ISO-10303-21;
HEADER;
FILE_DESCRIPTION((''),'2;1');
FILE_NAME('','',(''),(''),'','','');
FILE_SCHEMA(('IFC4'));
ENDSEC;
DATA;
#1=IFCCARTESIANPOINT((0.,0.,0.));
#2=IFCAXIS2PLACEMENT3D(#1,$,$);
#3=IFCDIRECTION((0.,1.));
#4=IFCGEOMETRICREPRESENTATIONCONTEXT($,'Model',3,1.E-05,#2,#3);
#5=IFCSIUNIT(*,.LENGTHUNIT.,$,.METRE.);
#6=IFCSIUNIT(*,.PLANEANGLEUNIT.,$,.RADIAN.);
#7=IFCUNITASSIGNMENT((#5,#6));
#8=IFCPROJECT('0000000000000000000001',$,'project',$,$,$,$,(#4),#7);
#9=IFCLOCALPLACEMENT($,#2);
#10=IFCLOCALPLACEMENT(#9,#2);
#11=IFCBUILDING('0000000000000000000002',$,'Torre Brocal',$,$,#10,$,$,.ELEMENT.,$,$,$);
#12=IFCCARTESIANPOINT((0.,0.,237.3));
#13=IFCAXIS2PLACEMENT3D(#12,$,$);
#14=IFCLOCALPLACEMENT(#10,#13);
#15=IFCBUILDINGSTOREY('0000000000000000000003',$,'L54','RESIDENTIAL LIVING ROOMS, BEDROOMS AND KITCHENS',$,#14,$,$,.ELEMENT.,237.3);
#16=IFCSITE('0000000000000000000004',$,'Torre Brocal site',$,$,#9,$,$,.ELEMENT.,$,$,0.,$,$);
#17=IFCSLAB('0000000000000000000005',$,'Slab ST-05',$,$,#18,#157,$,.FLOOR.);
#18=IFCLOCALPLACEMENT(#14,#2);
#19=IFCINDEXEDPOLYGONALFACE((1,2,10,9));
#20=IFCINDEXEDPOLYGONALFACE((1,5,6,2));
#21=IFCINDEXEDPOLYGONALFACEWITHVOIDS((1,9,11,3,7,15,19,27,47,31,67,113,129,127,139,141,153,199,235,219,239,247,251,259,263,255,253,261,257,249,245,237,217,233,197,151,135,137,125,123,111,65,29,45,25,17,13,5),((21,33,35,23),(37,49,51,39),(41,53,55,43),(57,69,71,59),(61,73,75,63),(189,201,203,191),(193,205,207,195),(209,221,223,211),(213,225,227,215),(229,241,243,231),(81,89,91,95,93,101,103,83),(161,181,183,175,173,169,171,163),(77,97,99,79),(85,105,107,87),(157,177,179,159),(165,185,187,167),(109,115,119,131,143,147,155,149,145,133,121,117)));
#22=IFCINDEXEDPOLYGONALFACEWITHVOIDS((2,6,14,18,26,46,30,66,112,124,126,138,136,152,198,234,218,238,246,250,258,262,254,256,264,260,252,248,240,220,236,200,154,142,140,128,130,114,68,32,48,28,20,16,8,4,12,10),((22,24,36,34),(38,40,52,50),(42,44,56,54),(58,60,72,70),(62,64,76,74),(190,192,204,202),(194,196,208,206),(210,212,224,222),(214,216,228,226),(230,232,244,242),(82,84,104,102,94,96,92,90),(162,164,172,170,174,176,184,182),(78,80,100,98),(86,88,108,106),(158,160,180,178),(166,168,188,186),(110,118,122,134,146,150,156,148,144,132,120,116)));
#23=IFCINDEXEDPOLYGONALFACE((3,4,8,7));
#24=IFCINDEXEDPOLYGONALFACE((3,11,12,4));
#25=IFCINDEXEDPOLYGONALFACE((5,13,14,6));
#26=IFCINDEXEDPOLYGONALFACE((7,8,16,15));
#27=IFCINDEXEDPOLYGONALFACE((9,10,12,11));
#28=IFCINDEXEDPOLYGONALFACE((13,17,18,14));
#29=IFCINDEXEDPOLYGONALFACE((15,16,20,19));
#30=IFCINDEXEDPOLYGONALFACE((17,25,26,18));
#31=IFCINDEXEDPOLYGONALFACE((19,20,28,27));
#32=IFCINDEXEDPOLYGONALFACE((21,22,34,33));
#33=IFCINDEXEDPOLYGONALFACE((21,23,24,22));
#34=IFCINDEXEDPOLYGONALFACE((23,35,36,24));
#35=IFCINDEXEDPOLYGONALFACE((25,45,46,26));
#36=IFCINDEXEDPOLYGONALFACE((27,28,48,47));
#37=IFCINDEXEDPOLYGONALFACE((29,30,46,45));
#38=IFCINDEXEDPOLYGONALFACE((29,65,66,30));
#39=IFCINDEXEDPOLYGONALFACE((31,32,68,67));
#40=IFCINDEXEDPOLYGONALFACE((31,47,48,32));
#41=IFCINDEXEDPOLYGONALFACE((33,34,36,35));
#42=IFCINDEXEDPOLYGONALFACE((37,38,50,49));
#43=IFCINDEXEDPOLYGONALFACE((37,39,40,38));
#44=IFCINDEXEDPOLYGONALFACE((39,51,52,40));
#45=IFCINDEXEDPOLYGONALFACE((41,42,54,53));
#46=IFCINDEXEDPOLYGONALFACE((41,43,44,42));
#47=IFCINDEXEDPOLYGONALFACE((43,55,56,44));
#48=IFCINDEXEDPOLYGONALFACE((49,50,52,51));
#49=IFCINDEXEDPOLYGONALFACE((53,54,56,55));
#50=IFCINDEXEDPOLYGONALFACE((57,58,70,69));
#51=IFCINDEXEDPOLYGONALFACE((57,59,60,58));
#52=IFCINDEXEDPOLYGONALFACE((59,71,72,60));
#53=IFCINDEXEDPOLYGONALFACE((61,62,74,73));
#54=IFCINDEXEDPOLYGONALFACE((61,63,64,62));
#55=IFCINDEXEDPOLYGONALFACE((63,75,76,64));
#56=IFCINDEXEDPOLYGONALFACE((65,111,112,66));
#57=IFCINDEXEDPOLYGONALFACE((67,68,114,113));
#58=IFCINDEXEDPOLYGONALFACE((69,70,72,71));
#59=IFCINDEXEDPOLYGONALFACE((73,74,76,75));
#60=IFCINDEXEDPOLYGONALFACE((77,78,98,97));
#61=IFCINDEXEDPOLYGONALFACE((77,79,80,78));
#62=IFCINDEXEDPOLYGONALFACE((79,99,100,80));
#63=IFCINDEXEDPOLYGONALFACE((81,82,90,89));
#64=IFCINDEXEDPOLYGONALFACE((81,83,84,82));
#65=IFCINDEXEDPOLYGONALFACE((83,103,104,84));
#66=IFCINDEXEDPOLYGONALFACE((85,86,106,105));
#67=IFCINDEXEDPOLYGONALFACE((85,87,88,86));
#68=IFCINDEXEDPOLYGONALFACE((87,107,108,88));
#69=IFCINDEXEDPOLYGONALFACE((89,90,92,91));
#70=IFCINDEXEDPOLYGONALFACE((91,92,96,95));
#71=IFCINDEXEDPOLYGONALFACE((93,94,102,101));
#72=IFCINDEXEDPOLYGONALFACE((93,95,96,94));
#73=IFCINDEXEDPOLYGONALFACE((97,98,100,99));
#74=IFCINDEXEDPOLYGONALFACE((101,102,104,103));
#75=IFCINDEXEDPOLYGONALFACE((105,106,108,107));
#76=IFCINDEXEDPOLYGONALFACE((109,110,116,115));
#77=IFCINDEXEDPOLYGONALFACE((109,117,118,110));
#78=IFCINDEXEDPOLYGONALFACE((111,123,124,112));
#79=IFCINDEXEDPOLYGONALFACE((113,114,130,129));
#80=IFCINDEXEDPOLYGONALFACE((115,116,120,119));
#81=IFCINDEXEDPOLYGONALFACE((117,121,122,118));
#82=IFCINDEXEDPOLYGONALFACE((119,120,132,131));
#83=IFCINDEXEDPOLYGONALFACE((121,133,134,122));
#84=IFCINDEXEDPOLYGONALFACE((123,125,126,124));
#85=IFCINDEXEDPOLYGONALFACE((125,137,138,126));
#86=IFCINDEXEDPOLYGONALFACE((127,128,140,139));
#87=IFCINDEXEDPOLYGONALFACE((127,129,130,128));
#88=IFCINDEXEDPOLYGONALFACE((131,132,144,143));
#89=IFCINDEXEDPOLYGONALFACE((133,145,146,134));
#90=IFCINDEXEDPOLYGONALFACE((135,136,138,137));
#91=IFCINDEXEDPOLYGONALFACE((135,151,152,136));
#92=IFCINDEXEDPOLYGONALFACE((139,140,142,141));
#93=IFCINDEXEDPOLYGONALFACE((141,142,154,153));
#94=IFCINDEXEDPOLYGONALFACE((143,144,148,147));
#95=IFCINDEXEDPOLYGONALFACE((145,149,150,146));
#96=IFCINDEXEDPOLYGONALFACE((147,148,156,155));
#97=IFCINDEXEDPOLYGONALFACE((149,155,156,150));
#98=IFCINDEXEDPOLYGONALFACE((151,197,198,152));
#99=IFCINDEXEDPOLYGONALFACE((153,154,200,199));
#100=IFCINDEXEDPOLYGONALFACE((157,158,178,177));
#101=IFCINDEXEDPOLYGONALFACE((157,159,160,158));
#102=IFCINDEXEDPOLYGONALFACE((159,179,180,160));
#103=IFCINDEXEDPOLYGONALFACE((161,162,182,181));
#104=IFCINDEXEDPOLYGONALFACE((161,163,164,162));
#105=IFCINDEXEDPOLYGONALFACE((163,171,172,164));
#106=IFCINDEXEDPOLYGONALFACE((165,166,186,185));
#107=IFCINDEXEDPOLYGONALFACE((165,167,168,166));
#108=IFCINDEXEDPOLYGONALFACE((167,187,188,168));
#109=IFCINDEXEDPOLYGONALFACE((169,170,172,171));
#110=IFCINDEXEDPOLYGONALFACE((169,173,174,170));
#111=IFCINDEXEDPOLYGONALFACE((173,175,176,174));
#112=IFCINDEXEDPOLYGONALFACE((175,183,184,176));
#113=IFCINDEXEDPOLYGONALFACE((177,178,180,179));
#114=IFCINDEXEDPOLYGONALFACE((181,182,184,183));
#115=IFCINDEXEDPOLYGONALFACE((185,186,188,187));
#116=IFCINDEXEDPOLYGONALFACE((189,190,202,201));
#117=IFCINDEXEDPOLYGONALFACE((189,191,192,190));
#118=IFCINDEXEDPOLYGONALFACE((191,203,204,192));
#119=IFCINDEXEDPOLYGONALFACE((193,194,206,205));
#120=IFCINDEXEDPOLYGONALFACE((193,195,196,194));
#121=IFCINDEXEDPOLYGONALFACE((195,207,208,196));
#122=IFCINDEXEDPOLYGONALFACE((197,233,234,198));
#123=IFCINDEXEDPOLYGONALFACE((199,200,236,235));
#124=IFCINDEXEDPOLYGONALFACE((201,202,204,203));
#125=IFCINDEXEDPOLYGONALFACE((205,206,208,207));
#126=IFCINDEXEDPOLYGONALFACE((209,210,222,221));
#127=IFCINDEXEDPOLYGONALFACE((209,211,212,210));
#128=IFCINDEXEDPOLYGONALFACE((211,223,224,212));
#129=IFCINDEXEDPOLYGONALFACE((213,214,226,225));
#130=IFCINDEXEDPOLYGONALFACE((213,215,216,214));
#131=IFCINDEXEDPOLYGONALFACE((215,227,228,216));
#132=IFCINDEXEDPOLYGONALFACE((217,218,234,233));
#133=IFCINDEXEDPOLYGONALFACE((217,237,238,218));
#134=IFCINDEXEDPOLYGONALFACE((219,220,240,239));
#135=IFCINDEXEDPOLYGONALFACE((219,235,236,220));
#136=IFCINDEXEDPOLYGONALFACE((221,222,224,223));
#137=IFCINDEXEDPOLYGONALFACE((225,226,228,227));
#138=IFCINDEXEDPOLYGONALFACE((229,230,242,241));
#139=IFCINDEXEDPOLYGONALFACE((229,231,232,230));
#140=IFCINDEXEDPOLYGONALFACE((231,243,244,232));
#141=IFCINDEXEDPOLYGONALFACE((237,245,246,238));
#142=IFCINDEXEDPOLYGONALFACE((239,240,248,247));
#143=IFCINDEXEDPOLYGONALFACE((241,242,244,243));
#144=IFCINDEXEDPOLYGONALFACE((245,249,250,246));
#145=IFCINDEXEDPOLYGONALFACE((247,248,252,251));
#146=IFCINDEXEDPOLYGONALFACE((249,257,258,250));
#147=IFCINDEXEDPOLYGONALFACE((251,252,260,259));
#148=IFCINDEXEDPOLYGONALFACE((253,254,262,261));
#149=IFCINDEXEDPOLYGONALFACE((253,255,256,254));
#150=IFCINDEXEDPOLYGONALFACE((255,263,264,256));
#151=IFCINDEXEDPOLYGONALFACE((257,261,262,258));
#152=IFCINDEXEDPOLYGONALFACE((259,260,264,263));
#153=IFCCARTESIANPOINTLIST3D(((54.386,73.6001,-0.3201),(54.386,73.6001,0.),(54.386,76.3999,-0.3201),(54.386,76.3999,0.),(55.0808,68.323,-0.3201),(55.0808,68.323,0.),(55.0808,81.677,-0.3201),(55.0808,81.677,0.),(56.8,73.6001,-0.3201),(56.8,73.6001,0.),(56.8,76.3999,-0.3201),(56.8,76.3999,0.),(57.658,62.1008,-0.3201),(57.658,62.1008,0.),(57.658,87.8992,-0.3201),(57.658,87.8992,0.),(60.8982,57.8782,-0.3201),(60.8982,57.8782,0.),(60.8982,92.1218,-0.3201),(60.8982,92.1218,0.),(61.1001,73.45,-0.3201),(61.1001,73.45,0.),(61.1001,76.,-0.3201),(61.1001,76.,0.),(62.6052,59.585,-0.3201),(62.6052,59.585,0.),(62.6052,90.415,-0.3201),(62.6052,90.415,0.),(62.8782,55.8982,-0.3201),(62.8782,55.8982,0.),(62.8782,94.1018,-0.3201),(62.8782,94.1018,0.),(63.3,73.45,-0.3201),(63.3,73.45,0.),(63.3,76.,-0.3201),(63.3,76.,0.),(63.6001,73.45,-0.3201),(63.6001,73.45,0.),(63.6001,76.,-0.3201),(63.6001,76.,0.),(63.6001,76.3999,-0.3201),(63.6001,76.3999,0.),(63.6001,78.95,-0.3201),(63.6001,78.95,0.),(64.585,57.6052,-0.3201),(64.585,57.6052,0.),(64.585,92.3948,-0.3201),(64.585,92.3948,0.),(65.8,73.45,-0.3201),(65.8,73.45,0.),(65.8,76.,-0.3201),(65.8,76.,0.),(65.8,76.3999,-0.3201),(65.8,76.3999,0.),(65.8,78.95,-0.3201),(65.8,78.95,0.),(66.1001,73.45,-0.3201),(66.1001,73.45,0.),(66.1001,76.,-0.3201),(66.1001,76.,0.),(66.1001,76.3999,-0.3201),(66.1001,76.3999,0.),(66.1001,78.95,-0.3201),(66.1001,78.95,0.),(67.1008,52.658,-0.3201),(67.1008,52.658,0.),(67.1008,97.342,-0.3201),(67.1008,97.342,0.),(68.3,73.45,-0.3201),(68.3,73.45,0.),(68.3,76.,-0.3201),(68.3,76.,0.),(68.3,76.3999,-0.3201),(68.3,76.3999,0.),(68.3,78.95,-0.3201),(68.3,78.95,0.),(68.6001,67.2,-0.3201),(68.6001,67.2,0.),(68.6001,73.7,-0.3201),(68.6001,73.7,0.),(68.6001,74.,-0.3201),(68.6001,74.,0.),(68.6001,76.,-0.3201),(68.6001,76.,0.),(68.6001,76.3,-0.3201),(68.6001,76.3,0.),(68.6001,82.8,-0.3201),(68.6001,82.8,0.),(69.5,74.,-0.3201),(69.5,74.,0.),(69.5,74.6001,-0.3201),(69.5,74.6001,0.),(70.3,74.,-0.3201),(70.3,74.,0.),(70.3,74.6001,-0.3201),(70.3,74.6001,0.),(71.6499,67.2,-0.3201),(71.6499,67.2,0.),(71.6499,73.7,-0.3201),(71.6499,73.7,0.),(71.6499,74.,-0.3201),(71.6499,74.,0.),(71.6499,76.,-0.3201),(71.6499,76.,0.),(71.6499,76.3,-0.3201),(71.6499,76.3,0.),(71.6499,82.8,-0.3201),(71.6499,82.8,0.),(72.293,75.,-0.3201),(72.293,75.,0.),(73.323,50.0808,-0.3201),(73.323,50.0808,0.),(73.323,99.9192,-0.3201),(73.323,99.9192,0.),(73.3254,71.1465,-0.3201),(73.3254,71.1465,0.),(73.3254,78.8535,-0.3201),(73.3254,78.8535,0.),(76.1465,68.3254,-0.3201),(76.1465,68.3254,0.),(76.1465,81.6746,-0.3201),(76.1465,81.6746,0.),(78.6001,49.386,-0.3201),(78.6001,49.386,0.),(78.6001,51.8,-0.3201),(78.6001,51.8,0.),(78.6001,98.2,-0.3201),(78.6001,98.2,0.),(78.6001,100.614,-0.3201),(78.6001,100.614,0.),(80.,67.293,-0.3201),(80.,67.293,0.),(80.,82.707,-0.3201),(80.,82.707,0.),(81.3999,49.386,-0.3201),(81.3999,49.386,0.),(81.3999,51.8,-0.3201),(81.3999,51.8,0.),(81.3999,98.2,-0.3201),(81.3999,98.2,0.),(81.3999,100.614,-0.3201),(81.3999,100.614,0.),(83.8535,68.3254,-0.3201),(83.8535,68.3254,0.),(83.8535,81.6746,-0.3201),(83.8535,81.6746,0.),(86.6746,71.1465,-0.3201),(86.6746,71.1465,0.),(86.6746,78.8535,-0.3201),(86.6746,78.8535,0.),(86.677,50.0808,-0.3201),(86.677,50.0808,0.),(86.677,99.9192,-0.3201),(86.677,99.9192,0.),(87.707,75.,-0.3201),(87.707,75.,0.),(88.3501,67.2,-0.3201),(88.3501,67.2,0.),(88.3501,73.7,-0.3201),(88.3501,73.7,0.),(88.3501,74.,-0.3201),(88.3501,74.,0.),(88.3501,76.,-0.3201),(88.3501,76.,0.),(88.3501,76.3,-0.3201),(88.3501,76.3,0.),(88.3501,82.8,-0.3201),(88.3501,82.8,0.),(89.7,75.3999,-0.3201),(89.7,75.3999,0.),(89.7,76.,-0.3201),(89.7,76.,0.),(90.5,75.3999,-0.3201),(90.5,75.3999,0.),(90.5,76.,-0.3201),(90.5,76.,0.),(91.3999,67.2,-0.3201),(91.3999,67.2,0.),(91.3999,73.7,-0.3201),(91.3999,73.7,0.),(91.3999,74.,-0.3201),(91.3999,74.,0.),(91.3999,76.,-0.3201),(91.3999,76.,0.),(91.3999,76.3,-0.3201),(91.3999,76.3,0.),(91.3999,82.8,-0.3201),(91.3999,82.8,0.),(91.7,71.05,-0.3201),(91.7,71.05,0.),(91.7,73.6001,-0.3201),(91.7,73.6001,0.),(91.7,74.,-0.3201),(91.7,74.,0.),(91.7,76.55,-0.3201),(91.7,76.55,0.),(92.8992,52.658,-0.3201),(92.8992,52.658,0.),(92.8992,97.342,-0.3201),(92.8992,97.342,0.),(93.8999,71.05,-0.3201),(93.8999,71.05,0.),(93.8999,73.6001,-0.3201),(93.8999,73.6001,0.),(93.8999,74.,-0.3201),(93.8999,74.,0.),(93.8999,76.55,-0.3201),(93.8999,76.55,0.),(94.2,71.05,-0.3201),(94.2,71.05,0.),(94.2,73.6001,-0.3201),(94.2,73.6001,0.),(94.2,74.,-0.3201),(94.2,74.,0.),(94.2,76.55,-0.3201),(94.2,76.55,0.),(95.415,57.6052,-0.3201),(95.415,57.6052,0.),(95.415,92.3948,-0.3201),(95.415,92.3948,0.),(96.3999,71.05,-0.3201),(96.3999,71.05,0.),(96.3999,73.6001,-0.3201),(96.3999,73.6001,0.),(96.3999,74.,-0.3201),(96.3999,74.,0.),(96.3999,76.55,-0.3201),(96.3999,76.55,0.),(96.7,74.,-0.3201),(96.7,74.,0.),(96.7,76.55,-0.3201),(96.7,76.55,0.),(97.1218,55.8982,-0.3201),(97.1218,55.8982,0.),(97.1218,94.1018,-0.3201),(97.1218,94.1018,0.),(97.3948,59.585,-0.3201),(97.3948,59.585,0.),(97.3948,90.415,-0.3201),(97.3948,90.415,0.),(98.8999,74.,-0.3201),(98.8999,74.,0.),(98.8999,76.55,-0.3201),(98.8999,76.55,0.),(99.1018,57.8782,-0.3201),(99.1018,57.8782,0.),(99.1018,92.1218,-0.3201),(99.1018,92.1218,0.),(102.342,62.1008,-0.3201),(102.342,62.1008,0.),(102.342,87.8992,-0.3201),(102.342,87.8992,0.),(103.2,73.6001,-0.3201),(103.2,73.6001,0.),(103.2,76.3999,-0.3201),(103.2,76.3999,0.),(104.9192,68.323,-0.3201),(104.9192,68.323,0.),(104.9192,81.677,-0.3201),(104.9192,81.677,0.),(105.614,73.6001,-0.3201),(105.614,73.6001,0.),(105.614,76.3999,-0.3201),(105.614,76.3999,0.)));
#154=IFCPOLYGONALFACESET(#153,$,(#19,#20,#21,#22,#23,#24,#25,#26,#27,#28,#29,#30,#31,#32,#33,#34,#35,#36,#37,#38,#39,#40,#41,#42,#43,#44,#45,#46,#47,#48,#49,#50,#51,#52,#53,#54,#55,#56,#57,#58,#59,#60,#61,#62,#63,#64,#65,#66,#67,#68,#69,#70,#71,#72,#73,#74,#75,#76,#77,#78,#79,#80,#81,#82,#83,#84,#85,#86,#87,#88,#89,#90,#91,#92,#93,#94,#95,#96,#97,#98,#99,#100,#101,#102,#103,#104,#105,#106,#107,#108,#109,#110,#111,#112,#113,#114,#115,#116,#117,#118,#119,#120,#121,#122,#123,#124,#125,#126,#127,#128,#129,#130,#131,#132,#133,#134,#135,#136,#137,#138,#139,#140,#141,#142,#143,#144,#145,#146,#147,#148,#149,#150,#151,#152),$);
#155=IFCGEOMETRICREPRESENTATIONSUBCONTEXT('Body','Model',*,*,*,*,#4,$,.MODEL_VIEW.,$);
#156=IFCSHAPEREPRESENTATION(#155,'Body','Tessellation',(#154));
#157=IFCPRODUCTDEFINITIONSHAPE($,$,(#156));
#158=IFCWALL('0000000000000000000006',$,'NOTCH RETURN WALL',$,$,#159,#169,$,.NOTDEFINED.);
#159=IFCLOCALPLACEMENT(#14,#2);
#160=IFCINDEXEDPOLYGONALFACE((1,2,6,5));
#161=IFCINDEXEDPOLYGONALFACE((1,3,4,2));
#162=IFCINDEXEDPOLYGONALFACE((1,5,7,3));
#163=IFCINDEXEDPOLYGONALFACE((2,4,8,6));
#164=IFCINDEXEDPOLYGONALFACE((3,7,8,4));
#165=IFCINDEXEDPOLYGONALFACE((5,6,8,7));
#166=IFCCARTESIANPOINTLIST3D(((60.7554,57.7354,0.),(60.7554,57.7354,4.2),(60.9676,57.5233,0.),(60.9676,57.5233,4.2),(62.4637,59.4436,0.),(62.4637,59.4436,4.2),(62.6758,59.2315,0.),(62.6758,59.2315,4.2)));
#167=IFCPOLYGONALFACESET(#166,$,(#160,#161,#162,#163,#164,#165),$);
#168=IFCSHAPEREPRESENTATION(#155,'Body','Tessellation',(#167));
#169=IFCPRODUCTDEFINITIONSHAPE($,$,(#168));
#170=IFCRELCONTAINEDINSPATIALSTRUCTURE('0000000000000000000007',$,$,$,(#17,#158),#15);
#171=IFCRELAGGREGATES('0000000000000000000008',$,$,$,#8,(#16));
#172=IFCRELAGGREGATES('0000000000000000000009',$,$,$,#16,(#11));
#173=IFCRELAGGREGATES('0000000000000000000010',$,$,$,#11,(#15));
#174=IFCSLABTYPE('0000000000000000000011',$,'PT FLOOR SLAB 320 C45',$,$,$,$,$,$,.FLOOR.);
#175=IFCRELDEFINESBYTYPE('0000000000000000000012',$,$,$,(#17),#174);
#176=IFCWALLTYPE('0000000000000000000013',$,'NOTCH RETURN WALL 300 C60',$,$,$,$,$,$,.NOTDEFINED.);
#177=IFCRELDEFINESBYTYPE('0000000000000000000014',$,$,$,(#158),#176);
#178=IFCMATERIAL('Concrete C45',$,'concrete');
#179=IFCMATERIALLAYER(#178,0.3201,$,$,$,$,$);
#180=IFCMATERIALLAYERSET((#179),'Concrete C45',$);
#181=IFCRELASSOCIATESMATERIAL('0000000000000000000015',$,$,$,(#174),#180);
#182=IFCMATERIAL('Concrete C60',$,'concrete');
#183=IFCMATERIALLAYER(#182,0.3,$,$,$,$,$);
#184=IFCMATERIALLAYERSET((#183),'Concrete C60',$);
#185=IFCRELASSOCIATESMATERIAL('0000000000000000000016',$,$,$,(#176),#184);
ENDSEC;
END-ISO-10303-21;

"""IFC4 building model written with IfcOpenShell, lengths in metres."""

from ifc_helpers import new_model, si_unit, direction, frame, frame_2d, origin, place, context, subcontext, project, spatial, polyline, rectangle, outline, extrude, material, layer, layer_set, type_object, element, save


model = new_model("IFC4")

# Units and contexts
model_context = context("Model", 3, precision=1e-05, world=origin(), true_north=direction((0.0, 1.0)))
body_context = subcontext(model_context, "Body", "Model", "MODEL_VIEW")
ifc_project = project(units=[si_unit("LENGTHUNIT", "METRE"), si_unit("PLANEANGLEUNIT", "RADIAN")], contexts=[model_context])

# Site, building, storey
site_placement = place(None, origin())
site = spatial("IfcSite", under=ifc_project, at=site_placement, Name="Torre Brocal site", CompositionType="ELEMENT", RefElevation=0.0)
building_placement = place(site_placement, origin())
building = spatial("IfcBuilding", under=site, at=building_placement, Name="Torre Brocal", CompositionType="ELEMENT")
storey_placement = place(building_placement, frame((0.0, 0.0, 237.3)))
storey = spatial("IfcBuildingStorey", under=building, at=storey_placement, Name="L54", Description="RESIDENTIAL LIVING ROOMS, BEDROOMS AND KITCHENS", CompositionType="ELEMENT", Elevation=237.3)

# Slab
ifc_material_1 = material(Name="Concrete C45", Category="concrete")
ifc_layer_1 = layer(ifc_material_1, 0.3201)
ifc_layer_set_1 = layer_set([ifc_layer_1], Name="Concrete C45")
slab_type_1 = type_object("IfcSlabType", Name="PT FLOOR SLAB 320 C45", PredefinedType="FLOOR", material=ifc_layer_set_1)
slab_1_placement = place(storey_placement, frame((0.0, 0.0, -0.3201)))
element("IfcSlab", 1, at=slab_1_placement, inside=storey, type_object=slab_type_1, Name="Slab ST-05", PredefinedType="FLOOR", context=body_context, shape_type="SweptSolid", body=[
    extrude(outline(polyline([(103.2, 76.3999), (103.2, 73.6001), (105.614, 73.6001), (104.9192, 68.323), (102.342, 62.1008), (99.1018, 57.8782), (97.3948, 59.585), (95.415, 57.6052), (97.1218, 55.8982), (92.8992, 52.658), (86.677, 50.0808), (81.3999, 49.386), (81.3999, 51.8), (78.6001, 51.8), (78.6001, 49.386), (73.323, 50.0808), (67.1008, 52.658), (62.8782, 55.8982), (64.585, 57.6052), (62.6052, 59.585), (60.8982, 57.8782), (57.658, 62.1008), (55.0808, 68.323), (54.386, 73.6001), (56.8, 73.6001), (56.8, 76.3999), (54.386, 76.3999), (55.0808, 81.677), (57.658, 87.8992), (60.8982, 92.1218), (62.6052, 90.415), (64.585, 92.3948), (62.8782, 94.1018), (67.1008, 97.342), (73.323, 99.9192), (78.6001, 100.614), (78.6001, 98.2), (81.3999, 98.2), (81.3999, 100.614), (86.677, 99.9192), (92.8992, 97.342), (97.1218, 94.1018), (95.415, 92.3948), (97.3948, 90.415), (99.1018, 92.1218), (102.342, 87.8992), (104.9192, 81.677), (105.614, 76.3999), (103.2, 76.3999)]), holes=[polyline([(98.8999, 76.55), (96.7, 76.55), (96.7, 74.0), (98.8999, 74.0), (98.8999, 76.55)]), polyline([(96.3999, 76.55), (94.2, 76.55), (94.2, 74.0), (96.3999, 74.0), (96.3999, 76.55)]), polyline([(96.3999, 73.6001), (94.2, 73.6001), (94.2, 71.05), (96.3999, 71.05), (96.3999, 73.6001)]), polyline([(93.8999, 76.55), (91.7, 76.55), (91.7, 74.0), (93.8999, 74.0), (93.8999, 76.55)]), polyline([(93.8999, 73.6001), (91.7, 73.6001), (91.7, 71.05), (93.8999, 71.05), (93.8999, 73.6001)]), polyline([(89.7, 76.0), (88.3501, 76.0), (88.3501, 74.0), (91.3999, 74.0), (91.3999, 76.0), (90.5, 76.0), (90.5, 75.3999), (89.7, 75.3999), (89.7, 76.0)]), polyline([(91.3999, 82.8), (88.3501, 82.8), (88.3501, 76.3), (91.3999, 76.3), (91.3999, 82.8)]), polyline([(91.3999, 73.7), (88.3501, 73.7), (88.3501, 67.2), (91.3999, 67.2), (91.3999, 73.7)]), polyline([(80.0, 82.707), (76.1465, 81.6746), (73.3254, 78.8535), (72.293, 75.0), (73.3254, 71.1465), (76.1465, 68.3254), (80.0, 67.293), (83.8535, 68.3254), (86.6746, 71.1465), (87.707, 75.0), (86.6746, 78.8535), (83.8535, 81.6746), (80.0, 82.707)]), polyline([(70.3, 74.0), (71.6499, 74.0), (71.6499, 76.0), (68.6001, 76.0), (68.6001, 74.0), (69.5, 74.0), (69.5, 74.6001), (70.3, 74.6001), (70.3, 74.0)]), polyline([(68.6001, 76.3), (71.6499, 76.3), (71.6499, 82.8), (68.6001, 82.8), (68.6001, 76.3)]), polyline([(68.6001, 67.2), (71.6499, 67.2), (71.6499, 73.7), (68.6001, 73.7), (68.6001, 67.2)]), polyline([(66.1001, 76.3999), (68.3, 76.3999), (68.3, 78.95), (66.1001, 78.95), (66.1001, 76.3999)]), polyline([(66.1001, 73.45), (68.3, 73.45), (68.3, 76.0), (66.1001, 76.0), (66.1001, 73.45)]), polyline([(63.6001, 76.3999), (65.8, 76.3999), (65.8, 78.95), (63.6001, 78.95), (63.6001, 76.3999)]), polyline([(63.6001, 73.45), (65.8, 73.45), (65.8, 76.0), (63.6001, 76.0), (63.6001, 73.45)]), polyline([(61.1001, 73.45), (63.3, 73.45), (63.3, 76.0), (61.1001, 76.0), (61.1001, 73.45)])]), origin(), (0.0, 0.0, 1.0), 0.3201),
])

# Wall
ifc_material_2 = material(Name="Concrete C60", Category="concrete")
ifc_layer_2 = layer(ifc_material_2, 0.3)
ifc_layer_set_2 = layer_set([ifc_layer_2], Name="Concrete C60")
wall_type_1 = type_object("IfcWallType", Name="NOTCH RETURN WALL 300 C60", PredefinedType="NOTDEFINED", material=ifc_layer_set_2)
for number, where, z_axis, x_axis, name in (
    (2, (62.5698, 59.3376, 0.0), (0.0, 0.0, 1.0), (-0.707107, -0.707107, 0.0), "NOTCH RETURN WALL"),
):
    element("IfcWall", number, at=place(storey_placement, frame(where, z_axis=z_axis, x_axis=x_axis)), inside=storey, type_object=wall_type_1, Name=name, PredefinedType="NOTDEFINED", context=body_context, shape_type="SweptSolid", body=[
        extrude(rectangle(XDim=2.4158, YDim=0.3, at=frame_2d((1.208, 0.0))), origin(), (0.0, 0.0, 1.0), 4.2),
    ])

save(model, "model.ifc")
